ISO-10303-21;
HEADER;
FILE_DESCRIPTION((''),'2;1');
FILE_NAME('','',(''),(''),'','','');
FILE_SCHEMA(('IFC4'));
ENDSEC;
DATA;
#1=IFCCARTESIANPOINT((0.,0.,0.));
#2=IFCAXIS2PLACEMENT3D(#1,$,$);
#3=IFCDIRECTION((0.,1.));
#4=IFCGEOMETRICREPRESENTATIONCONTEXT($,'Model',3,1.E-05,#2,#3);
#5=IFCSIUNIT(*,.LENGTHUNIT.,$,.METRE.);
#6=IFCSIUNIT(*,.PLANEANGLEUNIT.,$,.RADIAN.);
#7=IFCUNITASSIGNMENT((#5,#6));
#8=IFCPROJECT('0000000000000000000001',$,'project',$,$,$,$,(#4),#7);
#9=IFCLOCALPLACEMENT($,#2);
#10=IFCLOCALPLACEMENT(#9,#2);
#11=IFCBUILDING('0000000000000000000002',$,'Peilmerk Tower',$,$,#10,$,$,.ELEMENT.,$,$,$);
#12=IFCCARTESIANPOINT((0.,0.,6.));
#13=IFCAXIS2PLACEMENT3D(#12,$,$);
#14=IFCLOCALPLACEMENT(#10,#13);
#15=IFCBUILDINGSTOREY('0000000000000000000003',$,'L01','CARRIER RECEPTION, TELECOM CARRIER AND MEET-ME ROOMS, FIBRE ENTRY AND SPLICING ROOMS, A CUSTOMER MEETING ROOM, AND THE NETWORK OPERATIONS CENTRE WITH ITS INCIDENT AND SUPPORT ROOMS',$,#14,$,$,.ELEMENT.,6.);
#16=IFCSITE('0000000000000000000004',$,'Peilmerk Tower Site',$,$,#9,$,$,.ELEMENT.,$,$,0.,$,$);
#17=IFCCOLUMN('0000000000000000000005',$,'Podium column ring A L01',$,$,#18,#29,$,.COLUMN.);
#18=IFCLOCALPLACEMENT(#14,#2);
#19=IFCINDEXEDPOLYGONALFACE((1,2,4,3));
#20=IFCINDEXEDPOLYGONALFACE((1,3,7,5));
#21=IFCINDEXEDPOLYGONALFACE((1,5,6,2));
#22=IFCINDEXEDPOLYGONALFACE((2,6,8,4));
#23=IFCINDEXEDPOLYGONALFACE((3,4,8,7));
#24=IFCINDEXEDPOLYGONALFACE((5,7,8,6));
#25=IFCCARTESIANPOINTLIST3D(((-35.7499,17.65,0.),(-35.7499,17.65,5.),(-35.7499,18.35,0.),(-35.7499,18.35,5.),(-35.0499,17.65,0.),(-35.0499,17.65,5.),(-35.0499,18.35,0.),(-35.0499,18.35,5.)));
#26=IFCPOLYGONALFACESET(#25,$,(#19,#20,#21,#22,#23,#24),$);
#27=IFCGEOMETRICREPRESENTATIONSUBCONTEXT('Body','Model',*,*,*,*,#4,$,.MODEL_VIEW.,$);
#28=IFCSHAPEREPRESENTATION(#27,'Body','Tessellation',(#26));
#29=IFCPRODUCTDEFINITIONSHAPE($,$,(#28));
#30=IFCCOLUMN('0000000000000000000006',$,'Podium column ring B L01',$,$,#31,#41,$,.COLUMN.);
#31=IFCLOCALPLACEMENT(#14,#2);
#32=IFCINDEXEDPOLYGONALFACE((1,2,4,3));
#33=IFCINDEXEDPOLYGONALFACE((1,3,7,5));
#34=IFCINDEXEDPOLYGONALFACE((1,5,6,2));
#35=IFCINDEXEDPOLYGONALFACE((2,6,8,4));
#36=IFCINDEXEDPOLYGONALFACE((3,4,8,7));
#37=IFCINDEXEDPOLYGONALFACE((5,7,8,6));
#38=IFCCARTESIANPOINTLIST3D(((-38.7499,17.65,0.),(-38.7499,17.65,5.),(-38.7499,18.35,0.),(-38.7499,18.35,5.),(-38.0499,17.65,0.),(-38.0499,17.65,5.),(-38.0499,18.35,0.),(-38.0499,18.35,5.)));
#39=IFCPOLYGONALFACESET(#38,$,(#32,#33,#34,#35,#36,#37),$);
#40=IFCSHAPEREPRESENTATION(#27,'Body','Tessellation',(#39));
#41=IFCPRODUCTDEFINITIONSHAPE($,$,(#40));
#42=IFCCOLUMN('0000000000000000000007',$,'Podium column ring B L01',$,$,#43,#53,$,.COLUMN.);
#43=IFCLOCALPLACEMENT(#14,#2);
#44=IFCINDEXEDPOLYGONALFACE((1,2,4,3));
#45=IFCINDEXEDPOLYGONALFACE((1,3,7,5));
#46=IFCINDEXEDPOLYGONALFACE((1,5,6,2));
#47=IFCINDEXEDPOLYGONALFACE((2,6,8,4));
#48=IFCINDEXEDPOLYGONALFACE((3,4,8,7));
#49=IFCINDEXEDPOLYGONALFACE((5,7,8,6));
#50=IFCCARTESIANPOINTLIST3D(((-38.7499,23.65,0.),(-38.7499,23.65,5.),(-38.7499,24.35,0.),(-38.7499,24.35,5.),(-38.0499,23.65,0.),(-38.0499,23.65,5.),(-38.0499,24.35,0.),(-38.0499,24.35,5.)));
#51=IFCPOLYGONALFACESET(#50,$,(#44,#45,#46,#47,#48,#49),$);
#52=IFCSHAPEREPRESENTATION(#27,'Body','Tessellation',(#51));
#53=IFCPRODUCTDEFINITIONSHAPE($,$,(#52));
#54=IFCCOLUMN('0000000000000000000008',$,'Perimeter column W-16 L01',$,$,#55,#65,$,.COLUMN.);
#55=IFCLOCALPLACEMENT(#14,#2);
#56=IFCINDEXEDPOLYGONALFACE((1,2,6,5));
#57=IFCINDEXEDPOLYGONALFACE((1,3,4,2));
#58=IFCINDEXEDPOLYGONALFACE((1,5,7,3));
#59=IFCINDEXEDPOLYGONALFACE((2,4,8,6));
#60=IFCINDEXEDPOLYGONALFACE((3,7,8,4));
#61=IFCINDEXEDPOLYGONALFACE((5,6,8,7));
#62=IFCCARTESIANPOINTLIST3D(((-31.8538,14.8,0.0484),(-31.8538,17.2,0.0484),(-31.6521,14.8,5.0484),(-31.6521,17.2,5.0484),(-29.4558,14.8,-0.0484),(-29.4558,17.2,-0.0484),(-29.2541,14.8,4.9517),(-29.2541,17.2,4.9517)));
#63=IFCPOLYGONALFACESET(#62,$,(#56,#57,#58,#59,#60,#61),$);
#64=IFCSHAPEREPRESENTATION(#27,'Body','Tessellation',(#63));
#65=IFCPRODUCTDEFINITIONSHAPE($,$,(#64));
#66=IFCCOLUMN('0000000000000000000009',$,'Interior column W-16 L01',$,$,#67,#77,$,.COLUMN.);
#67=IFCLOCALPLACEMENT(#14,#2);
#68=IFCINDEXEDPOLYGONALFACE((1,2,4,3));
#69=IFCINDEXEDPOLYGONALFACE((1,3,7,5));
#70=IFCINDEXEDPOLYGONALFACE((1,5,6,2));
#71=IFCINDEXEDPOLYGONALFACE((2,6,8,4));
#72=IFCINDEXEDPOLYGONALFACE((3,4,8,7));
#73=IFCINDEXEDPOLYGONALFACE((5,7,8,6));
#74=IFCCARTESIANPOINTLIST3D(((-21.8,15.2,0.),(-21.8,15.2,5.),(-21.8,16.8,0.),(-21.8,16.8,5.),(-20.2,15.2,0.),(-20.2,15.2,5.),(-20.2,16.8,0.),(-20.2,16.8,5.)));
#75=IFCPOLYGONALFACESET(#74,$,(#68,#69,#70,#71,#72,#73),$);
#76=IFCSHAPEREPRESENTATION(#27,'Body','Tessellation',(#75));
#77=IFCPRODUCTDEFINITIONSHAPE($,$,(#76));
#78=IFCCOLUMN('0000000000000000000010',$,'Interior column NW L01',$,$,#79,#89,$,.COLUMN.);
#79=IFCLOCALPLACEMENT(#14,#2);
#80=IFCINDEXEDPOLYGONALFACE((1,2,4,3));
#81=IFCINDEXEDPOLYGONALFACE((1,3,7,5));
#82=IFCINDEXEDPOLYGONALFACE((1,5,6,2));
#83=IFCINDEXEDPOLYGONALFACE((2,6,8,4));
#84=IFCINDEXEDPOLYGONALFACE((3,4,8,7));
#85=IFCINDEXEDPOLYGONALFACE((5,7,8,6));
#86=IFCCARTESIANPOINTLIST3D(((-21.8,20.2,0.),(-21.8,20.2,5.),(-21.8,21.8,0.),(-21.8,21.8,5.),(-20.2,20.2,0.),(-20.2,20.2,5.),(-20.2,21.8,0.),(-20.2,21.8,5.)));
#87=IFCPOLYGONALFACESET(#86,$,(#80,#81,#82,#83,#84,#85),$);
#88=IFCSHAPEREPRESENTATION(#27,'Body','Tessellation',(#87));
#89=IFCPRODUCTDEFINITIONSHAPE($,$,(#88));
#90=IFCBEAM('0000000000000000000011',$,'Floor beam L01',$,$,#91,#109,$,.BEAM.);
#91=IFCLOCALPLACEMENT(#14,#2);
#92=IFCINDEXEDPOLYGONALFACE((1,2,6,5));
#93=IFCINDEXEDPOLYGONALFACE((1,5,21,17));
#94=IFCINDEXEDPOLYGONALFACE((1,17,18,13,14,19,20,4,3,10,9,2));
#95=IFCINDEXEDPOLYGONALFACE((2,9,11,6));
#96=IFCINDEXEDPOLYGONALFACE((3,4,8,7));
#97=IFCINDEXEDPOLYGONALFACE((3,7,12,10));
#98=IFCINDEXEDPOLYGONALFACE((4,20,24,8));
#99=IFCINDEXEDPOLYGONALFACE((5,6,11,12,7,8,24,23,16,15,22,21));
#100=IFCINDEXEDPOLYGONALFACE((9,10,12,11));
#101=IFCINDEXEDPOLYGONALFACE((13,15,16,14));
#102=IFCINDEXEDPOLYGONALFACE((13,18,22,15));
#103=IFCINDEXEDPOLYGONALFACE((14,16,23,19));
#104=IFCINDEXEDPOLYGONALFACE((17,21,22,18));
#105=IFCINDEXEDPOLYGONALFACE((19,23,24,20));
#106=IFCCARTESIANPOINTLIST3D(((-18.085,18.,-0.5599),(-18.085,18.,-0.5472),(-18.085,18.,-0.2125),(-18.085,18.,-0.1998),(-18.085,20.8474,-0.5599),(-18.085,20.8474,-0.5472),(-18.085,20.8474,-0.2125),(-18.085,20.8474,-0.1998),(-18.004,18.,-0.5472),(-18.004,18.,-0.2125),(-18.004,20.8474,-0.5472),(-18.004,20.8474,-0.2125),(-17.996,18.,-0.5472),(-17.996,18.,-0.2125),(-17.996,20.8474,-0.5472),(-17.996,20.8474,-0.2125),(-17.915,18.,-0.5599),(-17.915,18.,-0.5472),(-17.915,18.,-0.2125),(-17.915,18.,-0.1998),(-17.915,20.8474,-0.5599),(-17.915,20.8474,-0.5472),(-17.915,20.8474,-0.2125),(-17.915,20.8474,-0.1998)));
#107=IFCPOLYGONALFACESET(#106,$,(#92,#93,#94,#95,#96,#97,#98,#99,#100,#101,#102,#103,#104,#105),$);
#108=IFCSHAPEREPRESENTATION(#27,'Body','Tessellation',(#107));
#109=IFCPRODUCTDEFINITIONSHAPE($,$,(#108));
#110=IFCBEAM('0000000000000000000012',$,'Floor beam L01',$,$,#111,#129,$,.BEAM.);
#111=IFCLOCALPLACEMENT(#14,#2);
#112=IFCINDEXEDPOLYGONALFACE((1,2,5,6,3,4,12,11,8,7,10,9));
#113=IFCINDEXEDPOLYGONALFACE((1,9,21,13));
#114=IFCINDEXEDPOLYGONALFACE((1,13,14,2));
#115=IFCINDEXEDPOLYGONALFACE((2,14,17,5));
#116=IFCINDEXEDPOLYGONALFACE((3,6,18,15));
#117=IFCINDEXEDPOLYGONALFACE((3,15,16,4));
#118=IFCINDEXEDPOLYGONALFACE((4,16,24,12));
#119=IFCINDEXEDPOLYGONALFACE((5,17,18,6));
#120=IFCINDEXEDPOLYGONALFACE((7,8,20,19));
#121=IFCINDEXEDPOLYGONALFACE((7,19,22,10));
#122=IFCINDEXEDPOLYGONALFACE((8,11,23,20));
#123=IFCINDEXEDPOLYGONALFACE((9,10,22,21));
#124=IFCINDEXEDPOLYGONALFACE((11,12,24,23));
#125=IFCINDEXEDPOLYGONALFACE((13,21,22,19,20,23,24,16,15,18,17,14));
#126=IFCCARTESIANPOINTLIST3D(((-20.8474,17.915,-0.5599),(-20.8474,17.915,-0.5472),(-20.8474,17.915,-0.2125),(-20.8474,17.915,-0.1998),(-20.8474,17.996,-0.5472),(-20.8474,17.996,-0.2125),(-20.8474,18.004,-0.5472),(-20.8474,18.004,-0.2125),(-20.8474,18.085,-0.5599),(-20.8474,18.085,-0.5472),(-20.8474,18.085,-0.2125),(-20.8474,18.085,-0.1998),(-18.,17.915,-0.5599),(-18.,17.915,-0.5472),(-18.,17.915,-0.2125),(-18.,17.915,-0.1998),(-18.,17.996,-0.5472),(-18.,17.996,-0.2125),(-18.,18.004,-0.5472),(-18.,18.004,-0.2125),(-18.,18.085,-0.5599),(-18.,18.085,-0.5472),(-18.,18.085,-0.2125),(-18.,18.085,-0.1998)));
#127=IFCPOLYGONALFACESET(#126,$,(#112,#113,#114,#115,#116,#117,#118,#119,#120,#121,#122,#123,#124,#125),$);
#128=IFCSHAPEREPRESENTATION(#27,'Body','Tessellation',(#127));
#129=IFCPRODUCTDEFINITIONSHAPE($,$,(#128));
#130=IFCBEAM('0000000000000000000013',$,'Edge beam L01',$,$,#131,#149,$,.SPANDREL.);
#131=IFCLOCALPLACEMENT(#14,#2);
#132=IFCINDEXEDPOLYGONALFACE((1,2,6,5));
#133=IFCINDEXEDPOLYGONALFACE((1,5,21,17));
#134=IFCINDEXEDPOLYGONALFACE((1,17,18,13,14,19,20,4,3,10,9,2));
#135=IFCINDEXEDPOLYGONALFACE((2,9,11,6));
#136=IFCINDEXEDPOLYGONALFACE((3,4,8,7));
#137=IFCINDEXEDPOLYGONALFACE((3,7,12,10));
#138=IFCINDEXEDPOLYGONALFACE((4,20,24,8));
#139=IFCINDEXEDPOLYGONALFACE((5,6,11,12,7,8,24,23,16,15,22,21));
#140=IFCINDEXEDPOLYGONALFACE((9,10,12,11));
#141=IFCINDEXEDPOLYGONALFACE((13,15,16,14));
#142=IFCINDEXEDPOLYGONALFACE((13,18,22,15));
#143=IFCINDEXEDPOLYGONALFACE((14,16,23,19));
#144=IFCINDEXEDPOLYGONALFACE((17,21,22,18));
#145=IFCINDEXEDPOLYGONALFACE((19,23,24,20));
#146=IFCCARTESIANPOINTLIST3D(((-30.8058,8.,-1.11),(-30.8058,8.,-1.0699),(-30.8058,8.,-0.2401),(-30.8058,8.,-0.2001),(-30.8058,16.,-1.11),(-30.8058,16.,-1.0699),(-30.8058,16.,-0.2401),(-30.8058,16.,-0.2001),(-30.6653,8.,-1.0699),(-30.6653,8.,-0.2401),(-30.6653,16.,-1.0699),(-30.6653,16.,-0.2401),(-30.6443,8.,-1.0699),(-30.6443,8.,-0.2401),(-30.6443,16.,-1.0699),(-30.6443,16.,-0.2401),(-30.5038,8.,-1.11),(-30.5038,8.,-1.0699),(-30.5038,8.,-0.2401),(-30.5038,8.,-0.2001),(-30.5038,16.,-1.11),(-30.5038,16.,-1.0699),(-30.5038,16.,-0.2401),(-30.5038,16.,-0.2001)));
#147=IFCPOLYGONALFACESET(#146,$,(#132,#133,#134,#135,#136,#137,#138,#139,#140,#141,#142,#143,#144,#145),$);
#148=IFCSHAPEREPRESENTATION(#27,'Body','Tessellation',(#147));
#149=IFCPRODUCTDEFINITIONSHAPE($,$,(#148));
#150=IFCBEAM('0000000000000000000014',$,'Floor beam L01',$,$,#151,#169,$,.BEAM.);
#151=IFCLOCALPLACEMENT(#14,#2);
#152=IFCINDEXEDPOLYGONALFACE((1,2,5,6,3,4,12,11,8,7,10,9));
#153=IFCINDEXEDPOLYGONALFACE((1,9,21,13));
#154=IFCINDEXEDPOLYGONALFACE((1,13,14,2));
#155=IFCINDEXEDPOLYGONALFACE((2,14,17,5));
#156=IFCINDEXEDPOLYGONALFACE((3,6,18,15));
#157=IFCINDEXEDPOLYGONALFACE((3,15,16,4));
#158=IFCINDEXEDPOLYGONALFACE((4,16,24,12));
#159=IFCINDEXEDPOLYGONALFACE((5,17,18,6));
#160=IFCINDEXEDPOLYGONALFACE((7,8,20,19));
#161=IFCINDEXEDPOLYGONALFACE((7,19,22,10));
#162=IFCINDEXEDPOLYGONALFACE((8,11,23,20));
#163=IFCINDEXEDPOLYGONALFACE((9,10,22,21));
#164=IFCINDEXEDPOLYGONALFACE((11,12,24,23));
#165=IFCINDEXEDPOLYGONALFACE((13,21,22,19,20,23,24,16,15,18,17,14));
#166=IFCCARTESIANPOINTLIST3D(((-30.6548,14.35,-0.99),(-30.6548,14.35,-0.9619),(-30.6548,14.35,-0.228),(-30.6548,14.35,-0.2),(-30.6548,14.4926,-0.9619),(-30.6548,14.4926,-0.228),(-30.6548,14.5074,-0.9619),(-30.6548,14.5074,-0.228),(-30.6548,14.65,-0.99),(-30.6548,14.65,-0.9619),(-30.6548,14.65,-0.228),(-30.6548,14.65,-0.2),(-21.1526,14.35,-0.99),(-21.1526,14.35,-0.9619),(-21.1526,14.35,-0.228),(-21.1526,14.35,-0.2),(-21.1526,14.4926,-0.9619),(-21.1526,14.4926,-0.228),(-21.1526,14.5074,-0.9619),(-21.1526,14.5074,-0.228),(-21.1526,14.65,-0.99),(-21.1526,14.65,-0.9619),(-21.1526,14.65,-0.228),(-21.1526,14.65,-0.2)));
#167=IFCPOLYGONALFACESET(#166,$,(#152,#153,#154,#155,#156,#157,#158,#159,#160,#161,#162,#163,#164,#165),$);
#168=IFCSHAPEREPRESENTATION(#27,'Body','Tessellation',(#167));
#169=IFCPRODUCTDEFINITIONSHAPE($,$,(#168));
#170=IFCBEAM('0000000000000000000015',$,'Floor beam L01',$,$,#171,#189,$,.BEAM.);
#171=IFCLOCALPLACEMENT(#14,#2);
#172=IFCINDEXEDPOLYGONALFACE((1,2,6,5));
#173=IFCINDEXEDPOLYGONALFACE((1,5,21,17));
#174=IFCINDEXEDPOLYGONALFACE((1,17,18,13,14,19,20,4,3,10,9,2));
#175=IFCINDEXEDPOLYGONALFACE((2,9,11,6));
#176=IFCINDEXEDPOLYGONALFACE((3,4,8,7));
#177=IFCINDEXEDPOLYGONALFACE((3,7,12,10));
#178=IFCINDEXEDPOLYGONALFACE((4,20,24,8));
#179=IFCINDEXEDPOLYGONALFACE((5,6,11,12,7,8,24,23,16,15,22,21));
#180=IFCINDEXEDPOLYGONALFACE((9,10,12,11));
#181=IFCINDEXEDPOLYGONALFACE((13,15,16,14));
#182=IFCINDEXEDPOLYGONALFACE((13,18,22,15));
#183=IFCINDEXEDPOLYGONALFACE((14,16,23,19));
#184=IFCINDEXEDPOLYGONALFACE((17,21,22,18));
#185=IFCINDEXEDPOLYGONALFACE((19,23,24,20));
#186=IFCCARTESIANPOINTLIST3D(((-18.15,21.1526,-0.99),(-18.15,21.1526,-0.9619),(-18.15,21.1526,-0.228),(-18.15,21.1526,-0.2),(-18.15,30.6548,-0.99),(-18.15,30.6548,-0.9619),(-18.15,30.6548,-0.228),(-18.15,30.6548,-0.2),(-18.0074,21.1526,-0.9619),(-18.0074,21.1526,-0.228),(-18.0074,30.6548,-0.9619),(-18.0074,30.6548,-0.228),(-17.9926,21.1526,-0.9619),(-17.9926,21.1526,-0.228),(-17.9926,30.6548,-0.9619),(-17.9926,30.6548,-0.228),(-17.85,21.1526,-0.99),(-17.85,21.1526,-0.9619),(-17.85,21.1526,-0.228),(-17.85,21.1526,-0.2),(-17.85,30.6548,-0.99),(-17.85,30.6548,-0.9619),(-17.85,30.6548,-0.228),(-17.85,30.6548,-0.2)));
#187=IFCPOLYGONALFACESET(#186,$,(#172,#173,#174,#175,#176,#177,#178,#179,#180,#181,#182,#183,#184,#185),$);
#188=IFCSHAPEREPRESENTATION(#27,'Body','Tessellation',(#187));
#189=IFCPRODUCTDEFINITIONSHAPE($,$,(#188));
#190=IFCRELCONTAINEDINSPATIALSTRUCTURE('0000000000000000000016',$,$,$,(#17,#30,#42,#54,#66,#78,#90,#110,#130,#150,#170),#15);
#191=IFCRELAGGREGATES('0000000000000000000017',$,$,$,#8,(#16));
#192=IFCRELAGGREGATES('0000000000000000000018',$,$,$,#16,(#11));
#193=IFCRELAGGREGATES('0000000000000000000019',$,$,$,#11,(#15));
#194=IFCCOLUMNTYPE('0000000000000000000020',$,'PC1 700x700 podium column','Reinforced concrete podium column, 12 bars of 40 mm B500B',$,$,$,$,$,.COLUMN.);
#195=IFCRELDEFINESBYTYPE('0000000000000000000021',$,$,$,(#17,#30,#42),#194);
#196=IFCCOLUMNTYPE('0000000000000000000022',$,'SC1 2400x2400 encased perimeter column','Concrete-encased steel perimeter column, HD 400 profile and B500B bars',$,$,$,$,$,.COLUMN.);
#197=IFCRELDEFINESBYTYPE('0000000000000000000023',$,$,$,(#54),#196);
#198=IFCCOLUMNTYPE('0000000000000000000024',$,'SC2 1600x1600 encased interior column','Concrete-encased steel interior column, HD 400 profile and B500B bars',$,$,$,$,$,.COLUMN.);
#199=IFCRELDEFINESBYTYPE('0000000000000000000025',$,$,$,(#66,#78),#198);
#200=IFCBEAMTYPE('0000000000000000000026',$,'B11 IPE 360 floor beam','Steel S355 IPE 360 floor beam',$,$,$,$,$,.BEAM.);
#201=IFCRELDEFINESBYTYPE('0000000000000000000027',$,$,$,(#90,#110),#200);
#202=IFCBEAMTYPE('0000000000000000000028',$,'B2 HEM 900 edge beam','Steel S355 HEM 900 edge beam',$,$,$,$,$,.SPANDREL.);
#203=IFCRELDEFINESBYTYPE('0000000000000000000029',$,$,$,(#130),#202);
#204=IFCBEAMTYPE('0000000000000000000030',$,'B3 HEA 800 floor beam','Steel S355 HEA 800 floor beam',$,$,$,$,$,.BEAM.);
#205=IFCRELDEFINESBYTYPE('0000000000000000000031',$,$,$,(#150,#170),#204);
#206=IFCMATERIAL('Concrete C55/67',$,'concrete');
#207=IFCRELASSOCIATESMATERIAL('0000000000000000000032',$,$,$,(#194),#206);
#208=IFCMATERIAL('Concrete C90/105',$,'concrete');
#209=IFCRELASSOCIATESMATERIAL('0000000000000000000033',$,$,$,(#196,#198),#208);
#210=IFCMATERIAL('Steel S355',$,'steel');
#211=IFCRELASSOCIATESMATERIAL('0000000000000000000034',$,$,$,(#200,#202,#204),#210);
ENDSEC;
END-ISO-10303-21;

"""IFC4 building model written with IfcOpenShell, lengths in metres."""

from ifc_helpers import new_model, si_unit, direction, frame, origin, origin_2d, place, context, subcontext, project, spatial, rectangle, i_section, extrude, material, material_profile, profile_set, type_object, element, save


model = new_model("IFC4")

# Units and contexts
model_context = context("Model", 3, precision=1e-05, world=origin(), true_north=direction((0.0, 1.0)))
body_context = subcontext(model_context, "Body", "Model", "MODEL_VIEW")
ifc_project = project(units=[si_unit("LENGTHUNIT", "METRE"), si_unit("PLANEANGLEUNIT", "RADIAN")], contexts=[model_context])

# Site, building, storey
site_placement = place(None, origin())
site = spatial("IfcSite", under=ifc_project, at=site_placement, Name="Peilmerk Tower Site", CompositionType="ELEMENT", RefElevation=0.0)
building_placement = place(site_placement, origin())
building = spatial("IfcBuilding", under=site, at=building_placement, Name="Peilmerk Tower", CompositionType="ELEMENT")
storey_placement = place(building_placement, frame((0.0, 0.0, 6.0)))
storey = spatial("IfcBuildingStorey", under=building, at=storey_placement, Name="L01", Description="CARRIER RECEPTION, TELECOM CARRIER AND MEET-ME ROOMS, FIBRE ENTRY AND SPLICING ROOMS, A CUSTOMER MEETING ROOM, AND THE NETWORK OPERATIONS CENTRE WITH ITS INCIDENT AND SUPPORT ROOMS", CompositionType="ELEMENT", Elevation=6.0)

# Columns
ifc_material_1 = material(Name="Concrete C55/67", Category="concrete")
ifc_material_profile_1 = material_profile(ifc_material_1, rectangle(XDim=0.7, YDim=0.7, at=origin_2d()), Name="RC 700x700")
ifc_profile_set_1 = profile_set([ifc_material_profile_1], Name="Concrete C55/67")
column_type_1 = type_object("IfcColumnType", Name="PC1 700x700 podium column", Description="Reinforced concrete podium column, 12 bars of 40 mm B500B", PredefinedType="COLUMN", material=ifc_profile_set_1)
for number, where, z_axis, x_axis, name in (
    (1, (-35.3999, 18.0, 0.0), (0.0, 0.0, 1.0), (1.0, 0.0, 0.0), "Podium column ring A L01"),
    (2, (-38.3999, 18.0, 0.0), (0.0, 0.0, 1.0), (1.0, 0.0, 0.0), "Podium column ring B L01"),
    (3, (-38.3999, 24.0, 0.0), (0.0, 0.0, 1.0), (1.0, 0.0, 0.0), "Podium column ring B L01"),
):
    element("IfcColumn", number, at=place(storey_placement, frame(where, z_axis=z_axis, x_axis=x_axis)), inside=storey, type_object=column_type_1, Name=name, PredefinedType="COLUMN", context=body_context, shape_type="SweptSolid", body=[
        extrude(rectangle(XDim=0.7, YDim=0.7, at=origin_2d()), origin(), (0.0, 0.0, 1.0), 5.0),
    ])
ifc_material_2 = material(Name="Concrete C90/105", Category="concrete")
ifc_material_profile_2 = material_profile(ifc_material_2, rectangle(XDim=2.3999, YDim=2.3999, at=origin_2d()), Name="RC 2400x2400")
ifc_profile_set_2 = profile_set([ifc_material_profile_2], Name="Concrete C90/105")
column_type_2 = type_object("IfcColumnType", Name="SC1 2400x2400 encased perimeter column", Description="Concrete-encased steel perimeter column, HD 400 profile and B500B bars", PredefinedType="COLUMN", material=ifc_profile_set_2)
column_placement = place(storey_placement, frame((-30.6548, 16.0, 0.0), z_axis=(0.040299, 0.0, 0.999188), x_axis=(0.0, 1.0, 0.0)))
element("IfcColumn", 4, at=column_placement, inside=storey, type_object=column_type_2, Name="Perimeter column W-16 L01", PredefinedType="COLUMN", context=body_context, shape_type="SweptSolid", body=[
    extrude(rectangle(XDim=2.3999, YDim=2.3999, at=origin_2d()), origin(), (0.0, 0.0, 1.0), 5.0042),
])
ifc_material_profile_3 = material_profile(ifc_material_2, rectangle(XDim=1.6001, YDim=1.6001, at=origin_2d()), Name="RC 1600x1600")
ifc_profile_set_3 = profile_set([ifc_material_profile_3], Name="Concrete C90/105")
column_type_3 = type_object("IfcColumnType", Name="SC2 1600x1600 encased interior column", Description="Concrete-encased steel interior column, HD 400 profile and B500B bars", PredefinedType="COLUMN", material=ifc_profile_set_3)
for number, where, z_axis, x_axis, name in (
    (5, (-21.0, 16.0, 0.0), (0.0, 0.0, 1.0), (1.0, 0.0, 0.0), "Interior column W-16 L01"),
    (6, (-21.0, 21.0, 0.0), (0.0, 0.0, 1.0), (1.0, 0.0, 0.0), "Interior column NW L01"),
):
    element("IfcColumn", number, at=place(storey_placement, frame(where, z_axis=z_axis, x_axis=x_axis)), inside=storey, type_object=column_type_3, Name=name, PredefinedType="COLUMN", context=body_context, shape_type="SweptSolid", body=[
        extrude(rectangle(XDim=1.6001, YDim=1.6001, at=origin_2d()), origin(), (0.0, 0.0, 1.0), 5.0),
    ])

# Beams
ifc_material_3 = material(Name="Steel S355", Category="steel")
ifc_material_profile_4 = material_profile(ifc_material_3, i_section(OverallWidth=0.1699, OverallDepth=0.3601, WebThickness=0.0081, FlangeThickness=0.0127, at=origin_2d()), Name="IPE 360")
ifc_profile_set_4 = profile_set([ifc_material_profile_4], Name="Steel S355")
beam_type_1 = type_object("IfcBeamType", Name="B11 IPE 360 floor beam", Description="Steel S355 IPE 360 floor beam", PredefinedType="BEAM", material=ifc_profile_set_4)
for number, where, z_axis, x_axis, name in (
    (7, (-18.0, 18.0, -0.3799), (0.0, 1.0, 0.0), (-1.0, 0.0, 0.0), "Floor beam L01"),
    (8, (-18.0, 18.0, -0.3799), (-1.0, 0.0, 0.0), (0.0, -1.0, 0.0), "Floor beam L01"),
):
    element("IfcBeam", number, at=place(storey_placement, frame(where, z_axis=z_axis, x_axis=x_axis)), inside=storey, type_object=beam_type_1, Name=name, PredefinedType="BEAM", context=body_context, shape_type="SweptSolid", body=[
        extrude(i_section(OverallWidth=0.1699, OverallDepth=0.3601, WebThickness=0.0081, FlangeThickness=0.0127, at=origin_2d()), origin(), (0.0, 0.0, 1.0), 2.8474),
    ])
ifc_material_profile_5 = material_profile(ifc_material_3, i_section(OverallWidth=0.302, OverallDepth=0.9099, WebThickness=0.021, FlangeThickness=0.04, at=origin_2d()), Name="HEM 900")
ifc_profile_set_5 = profile_set([ifc_material_profile_5], Name="Steel S355")
beam_type_2 = type_object("IfcBeamType", Name="B2 HEM 900 edge beam", Description="Steel S355 HEM 900 edge beam", PredefinedType="SPANDREL", material=ifc_profile_set_5)
beam_1_placement = place(storey_placement, frame((-30.6548, 16.0, -0.655), z_axis=(0.0, -1.0, 0.0), x_axis=(1.0, 0.0, 0.0)))
element("IfcBeam", 9, at=beam_1_placement, inside=storey, type_object=beam_type_2, Name="Edge beam L01", PredefinedType="SPANDREL", context=body_context, shape_type="SweptSolid", body=[
    extrude(i_section(OverallWidth=0.302, OverallDepth=0.9099, WebThickness=0.021, FlangeThickness=0.04, at=origin_2d()), origin(), (0.0, 0.0, 1.0), 8.0),
])
ifc_material_profile_6 = material_profile(ifc_material_3, i_section(OverallWidth=0.3, OverallDepth=0.79, WebThickness=0.0149, FlangeThickness=0.0281, at=origin_2d()), Name="HEA 800")
ifc_profile_set_6 = profile_set([ifc_material_profile_6], Name="Steel S355")
beam_type_3 = type_object("IfcBeamType", Name="B3 HEA 800 floor beam", Description="Steel S355 HEA 800 floor beam", PredefinedType="BEAM", material=ifc_profile_set_6)
for number, where, z_axis, x_axis, name in (
    (10, (-21.1526, 14.5, -0.595), (-1.0, 0.0, 0.0), (0.0, -1.0, 0.0), "Floor beam L01"),
    (11, (-18.0, 21.1526, -0.595), (0.0, 1.0, 0.0), (-1.0, 0.0, 0.0), "Floor beam L01"),
):
    element("IfcBeam", number, at=place(storey_placement, frame(where, z_axis=z_axis, x_axis=x_axis)), inside=storey, type_object=beam_type_3, Name=name, PredefinedType="BEAM", context=body_context, shape_type="SweptSolid", body=[
        extrude(i_section(OverallWidth=0.3, OverallDepth=0.79, WebThickness=0.0149, FlangeThickness=0.0281, at=origin_2d()), origin(), (0.0, 0.0, 1.0), 9.5022),
    ])

save(model, "model.ifc")
